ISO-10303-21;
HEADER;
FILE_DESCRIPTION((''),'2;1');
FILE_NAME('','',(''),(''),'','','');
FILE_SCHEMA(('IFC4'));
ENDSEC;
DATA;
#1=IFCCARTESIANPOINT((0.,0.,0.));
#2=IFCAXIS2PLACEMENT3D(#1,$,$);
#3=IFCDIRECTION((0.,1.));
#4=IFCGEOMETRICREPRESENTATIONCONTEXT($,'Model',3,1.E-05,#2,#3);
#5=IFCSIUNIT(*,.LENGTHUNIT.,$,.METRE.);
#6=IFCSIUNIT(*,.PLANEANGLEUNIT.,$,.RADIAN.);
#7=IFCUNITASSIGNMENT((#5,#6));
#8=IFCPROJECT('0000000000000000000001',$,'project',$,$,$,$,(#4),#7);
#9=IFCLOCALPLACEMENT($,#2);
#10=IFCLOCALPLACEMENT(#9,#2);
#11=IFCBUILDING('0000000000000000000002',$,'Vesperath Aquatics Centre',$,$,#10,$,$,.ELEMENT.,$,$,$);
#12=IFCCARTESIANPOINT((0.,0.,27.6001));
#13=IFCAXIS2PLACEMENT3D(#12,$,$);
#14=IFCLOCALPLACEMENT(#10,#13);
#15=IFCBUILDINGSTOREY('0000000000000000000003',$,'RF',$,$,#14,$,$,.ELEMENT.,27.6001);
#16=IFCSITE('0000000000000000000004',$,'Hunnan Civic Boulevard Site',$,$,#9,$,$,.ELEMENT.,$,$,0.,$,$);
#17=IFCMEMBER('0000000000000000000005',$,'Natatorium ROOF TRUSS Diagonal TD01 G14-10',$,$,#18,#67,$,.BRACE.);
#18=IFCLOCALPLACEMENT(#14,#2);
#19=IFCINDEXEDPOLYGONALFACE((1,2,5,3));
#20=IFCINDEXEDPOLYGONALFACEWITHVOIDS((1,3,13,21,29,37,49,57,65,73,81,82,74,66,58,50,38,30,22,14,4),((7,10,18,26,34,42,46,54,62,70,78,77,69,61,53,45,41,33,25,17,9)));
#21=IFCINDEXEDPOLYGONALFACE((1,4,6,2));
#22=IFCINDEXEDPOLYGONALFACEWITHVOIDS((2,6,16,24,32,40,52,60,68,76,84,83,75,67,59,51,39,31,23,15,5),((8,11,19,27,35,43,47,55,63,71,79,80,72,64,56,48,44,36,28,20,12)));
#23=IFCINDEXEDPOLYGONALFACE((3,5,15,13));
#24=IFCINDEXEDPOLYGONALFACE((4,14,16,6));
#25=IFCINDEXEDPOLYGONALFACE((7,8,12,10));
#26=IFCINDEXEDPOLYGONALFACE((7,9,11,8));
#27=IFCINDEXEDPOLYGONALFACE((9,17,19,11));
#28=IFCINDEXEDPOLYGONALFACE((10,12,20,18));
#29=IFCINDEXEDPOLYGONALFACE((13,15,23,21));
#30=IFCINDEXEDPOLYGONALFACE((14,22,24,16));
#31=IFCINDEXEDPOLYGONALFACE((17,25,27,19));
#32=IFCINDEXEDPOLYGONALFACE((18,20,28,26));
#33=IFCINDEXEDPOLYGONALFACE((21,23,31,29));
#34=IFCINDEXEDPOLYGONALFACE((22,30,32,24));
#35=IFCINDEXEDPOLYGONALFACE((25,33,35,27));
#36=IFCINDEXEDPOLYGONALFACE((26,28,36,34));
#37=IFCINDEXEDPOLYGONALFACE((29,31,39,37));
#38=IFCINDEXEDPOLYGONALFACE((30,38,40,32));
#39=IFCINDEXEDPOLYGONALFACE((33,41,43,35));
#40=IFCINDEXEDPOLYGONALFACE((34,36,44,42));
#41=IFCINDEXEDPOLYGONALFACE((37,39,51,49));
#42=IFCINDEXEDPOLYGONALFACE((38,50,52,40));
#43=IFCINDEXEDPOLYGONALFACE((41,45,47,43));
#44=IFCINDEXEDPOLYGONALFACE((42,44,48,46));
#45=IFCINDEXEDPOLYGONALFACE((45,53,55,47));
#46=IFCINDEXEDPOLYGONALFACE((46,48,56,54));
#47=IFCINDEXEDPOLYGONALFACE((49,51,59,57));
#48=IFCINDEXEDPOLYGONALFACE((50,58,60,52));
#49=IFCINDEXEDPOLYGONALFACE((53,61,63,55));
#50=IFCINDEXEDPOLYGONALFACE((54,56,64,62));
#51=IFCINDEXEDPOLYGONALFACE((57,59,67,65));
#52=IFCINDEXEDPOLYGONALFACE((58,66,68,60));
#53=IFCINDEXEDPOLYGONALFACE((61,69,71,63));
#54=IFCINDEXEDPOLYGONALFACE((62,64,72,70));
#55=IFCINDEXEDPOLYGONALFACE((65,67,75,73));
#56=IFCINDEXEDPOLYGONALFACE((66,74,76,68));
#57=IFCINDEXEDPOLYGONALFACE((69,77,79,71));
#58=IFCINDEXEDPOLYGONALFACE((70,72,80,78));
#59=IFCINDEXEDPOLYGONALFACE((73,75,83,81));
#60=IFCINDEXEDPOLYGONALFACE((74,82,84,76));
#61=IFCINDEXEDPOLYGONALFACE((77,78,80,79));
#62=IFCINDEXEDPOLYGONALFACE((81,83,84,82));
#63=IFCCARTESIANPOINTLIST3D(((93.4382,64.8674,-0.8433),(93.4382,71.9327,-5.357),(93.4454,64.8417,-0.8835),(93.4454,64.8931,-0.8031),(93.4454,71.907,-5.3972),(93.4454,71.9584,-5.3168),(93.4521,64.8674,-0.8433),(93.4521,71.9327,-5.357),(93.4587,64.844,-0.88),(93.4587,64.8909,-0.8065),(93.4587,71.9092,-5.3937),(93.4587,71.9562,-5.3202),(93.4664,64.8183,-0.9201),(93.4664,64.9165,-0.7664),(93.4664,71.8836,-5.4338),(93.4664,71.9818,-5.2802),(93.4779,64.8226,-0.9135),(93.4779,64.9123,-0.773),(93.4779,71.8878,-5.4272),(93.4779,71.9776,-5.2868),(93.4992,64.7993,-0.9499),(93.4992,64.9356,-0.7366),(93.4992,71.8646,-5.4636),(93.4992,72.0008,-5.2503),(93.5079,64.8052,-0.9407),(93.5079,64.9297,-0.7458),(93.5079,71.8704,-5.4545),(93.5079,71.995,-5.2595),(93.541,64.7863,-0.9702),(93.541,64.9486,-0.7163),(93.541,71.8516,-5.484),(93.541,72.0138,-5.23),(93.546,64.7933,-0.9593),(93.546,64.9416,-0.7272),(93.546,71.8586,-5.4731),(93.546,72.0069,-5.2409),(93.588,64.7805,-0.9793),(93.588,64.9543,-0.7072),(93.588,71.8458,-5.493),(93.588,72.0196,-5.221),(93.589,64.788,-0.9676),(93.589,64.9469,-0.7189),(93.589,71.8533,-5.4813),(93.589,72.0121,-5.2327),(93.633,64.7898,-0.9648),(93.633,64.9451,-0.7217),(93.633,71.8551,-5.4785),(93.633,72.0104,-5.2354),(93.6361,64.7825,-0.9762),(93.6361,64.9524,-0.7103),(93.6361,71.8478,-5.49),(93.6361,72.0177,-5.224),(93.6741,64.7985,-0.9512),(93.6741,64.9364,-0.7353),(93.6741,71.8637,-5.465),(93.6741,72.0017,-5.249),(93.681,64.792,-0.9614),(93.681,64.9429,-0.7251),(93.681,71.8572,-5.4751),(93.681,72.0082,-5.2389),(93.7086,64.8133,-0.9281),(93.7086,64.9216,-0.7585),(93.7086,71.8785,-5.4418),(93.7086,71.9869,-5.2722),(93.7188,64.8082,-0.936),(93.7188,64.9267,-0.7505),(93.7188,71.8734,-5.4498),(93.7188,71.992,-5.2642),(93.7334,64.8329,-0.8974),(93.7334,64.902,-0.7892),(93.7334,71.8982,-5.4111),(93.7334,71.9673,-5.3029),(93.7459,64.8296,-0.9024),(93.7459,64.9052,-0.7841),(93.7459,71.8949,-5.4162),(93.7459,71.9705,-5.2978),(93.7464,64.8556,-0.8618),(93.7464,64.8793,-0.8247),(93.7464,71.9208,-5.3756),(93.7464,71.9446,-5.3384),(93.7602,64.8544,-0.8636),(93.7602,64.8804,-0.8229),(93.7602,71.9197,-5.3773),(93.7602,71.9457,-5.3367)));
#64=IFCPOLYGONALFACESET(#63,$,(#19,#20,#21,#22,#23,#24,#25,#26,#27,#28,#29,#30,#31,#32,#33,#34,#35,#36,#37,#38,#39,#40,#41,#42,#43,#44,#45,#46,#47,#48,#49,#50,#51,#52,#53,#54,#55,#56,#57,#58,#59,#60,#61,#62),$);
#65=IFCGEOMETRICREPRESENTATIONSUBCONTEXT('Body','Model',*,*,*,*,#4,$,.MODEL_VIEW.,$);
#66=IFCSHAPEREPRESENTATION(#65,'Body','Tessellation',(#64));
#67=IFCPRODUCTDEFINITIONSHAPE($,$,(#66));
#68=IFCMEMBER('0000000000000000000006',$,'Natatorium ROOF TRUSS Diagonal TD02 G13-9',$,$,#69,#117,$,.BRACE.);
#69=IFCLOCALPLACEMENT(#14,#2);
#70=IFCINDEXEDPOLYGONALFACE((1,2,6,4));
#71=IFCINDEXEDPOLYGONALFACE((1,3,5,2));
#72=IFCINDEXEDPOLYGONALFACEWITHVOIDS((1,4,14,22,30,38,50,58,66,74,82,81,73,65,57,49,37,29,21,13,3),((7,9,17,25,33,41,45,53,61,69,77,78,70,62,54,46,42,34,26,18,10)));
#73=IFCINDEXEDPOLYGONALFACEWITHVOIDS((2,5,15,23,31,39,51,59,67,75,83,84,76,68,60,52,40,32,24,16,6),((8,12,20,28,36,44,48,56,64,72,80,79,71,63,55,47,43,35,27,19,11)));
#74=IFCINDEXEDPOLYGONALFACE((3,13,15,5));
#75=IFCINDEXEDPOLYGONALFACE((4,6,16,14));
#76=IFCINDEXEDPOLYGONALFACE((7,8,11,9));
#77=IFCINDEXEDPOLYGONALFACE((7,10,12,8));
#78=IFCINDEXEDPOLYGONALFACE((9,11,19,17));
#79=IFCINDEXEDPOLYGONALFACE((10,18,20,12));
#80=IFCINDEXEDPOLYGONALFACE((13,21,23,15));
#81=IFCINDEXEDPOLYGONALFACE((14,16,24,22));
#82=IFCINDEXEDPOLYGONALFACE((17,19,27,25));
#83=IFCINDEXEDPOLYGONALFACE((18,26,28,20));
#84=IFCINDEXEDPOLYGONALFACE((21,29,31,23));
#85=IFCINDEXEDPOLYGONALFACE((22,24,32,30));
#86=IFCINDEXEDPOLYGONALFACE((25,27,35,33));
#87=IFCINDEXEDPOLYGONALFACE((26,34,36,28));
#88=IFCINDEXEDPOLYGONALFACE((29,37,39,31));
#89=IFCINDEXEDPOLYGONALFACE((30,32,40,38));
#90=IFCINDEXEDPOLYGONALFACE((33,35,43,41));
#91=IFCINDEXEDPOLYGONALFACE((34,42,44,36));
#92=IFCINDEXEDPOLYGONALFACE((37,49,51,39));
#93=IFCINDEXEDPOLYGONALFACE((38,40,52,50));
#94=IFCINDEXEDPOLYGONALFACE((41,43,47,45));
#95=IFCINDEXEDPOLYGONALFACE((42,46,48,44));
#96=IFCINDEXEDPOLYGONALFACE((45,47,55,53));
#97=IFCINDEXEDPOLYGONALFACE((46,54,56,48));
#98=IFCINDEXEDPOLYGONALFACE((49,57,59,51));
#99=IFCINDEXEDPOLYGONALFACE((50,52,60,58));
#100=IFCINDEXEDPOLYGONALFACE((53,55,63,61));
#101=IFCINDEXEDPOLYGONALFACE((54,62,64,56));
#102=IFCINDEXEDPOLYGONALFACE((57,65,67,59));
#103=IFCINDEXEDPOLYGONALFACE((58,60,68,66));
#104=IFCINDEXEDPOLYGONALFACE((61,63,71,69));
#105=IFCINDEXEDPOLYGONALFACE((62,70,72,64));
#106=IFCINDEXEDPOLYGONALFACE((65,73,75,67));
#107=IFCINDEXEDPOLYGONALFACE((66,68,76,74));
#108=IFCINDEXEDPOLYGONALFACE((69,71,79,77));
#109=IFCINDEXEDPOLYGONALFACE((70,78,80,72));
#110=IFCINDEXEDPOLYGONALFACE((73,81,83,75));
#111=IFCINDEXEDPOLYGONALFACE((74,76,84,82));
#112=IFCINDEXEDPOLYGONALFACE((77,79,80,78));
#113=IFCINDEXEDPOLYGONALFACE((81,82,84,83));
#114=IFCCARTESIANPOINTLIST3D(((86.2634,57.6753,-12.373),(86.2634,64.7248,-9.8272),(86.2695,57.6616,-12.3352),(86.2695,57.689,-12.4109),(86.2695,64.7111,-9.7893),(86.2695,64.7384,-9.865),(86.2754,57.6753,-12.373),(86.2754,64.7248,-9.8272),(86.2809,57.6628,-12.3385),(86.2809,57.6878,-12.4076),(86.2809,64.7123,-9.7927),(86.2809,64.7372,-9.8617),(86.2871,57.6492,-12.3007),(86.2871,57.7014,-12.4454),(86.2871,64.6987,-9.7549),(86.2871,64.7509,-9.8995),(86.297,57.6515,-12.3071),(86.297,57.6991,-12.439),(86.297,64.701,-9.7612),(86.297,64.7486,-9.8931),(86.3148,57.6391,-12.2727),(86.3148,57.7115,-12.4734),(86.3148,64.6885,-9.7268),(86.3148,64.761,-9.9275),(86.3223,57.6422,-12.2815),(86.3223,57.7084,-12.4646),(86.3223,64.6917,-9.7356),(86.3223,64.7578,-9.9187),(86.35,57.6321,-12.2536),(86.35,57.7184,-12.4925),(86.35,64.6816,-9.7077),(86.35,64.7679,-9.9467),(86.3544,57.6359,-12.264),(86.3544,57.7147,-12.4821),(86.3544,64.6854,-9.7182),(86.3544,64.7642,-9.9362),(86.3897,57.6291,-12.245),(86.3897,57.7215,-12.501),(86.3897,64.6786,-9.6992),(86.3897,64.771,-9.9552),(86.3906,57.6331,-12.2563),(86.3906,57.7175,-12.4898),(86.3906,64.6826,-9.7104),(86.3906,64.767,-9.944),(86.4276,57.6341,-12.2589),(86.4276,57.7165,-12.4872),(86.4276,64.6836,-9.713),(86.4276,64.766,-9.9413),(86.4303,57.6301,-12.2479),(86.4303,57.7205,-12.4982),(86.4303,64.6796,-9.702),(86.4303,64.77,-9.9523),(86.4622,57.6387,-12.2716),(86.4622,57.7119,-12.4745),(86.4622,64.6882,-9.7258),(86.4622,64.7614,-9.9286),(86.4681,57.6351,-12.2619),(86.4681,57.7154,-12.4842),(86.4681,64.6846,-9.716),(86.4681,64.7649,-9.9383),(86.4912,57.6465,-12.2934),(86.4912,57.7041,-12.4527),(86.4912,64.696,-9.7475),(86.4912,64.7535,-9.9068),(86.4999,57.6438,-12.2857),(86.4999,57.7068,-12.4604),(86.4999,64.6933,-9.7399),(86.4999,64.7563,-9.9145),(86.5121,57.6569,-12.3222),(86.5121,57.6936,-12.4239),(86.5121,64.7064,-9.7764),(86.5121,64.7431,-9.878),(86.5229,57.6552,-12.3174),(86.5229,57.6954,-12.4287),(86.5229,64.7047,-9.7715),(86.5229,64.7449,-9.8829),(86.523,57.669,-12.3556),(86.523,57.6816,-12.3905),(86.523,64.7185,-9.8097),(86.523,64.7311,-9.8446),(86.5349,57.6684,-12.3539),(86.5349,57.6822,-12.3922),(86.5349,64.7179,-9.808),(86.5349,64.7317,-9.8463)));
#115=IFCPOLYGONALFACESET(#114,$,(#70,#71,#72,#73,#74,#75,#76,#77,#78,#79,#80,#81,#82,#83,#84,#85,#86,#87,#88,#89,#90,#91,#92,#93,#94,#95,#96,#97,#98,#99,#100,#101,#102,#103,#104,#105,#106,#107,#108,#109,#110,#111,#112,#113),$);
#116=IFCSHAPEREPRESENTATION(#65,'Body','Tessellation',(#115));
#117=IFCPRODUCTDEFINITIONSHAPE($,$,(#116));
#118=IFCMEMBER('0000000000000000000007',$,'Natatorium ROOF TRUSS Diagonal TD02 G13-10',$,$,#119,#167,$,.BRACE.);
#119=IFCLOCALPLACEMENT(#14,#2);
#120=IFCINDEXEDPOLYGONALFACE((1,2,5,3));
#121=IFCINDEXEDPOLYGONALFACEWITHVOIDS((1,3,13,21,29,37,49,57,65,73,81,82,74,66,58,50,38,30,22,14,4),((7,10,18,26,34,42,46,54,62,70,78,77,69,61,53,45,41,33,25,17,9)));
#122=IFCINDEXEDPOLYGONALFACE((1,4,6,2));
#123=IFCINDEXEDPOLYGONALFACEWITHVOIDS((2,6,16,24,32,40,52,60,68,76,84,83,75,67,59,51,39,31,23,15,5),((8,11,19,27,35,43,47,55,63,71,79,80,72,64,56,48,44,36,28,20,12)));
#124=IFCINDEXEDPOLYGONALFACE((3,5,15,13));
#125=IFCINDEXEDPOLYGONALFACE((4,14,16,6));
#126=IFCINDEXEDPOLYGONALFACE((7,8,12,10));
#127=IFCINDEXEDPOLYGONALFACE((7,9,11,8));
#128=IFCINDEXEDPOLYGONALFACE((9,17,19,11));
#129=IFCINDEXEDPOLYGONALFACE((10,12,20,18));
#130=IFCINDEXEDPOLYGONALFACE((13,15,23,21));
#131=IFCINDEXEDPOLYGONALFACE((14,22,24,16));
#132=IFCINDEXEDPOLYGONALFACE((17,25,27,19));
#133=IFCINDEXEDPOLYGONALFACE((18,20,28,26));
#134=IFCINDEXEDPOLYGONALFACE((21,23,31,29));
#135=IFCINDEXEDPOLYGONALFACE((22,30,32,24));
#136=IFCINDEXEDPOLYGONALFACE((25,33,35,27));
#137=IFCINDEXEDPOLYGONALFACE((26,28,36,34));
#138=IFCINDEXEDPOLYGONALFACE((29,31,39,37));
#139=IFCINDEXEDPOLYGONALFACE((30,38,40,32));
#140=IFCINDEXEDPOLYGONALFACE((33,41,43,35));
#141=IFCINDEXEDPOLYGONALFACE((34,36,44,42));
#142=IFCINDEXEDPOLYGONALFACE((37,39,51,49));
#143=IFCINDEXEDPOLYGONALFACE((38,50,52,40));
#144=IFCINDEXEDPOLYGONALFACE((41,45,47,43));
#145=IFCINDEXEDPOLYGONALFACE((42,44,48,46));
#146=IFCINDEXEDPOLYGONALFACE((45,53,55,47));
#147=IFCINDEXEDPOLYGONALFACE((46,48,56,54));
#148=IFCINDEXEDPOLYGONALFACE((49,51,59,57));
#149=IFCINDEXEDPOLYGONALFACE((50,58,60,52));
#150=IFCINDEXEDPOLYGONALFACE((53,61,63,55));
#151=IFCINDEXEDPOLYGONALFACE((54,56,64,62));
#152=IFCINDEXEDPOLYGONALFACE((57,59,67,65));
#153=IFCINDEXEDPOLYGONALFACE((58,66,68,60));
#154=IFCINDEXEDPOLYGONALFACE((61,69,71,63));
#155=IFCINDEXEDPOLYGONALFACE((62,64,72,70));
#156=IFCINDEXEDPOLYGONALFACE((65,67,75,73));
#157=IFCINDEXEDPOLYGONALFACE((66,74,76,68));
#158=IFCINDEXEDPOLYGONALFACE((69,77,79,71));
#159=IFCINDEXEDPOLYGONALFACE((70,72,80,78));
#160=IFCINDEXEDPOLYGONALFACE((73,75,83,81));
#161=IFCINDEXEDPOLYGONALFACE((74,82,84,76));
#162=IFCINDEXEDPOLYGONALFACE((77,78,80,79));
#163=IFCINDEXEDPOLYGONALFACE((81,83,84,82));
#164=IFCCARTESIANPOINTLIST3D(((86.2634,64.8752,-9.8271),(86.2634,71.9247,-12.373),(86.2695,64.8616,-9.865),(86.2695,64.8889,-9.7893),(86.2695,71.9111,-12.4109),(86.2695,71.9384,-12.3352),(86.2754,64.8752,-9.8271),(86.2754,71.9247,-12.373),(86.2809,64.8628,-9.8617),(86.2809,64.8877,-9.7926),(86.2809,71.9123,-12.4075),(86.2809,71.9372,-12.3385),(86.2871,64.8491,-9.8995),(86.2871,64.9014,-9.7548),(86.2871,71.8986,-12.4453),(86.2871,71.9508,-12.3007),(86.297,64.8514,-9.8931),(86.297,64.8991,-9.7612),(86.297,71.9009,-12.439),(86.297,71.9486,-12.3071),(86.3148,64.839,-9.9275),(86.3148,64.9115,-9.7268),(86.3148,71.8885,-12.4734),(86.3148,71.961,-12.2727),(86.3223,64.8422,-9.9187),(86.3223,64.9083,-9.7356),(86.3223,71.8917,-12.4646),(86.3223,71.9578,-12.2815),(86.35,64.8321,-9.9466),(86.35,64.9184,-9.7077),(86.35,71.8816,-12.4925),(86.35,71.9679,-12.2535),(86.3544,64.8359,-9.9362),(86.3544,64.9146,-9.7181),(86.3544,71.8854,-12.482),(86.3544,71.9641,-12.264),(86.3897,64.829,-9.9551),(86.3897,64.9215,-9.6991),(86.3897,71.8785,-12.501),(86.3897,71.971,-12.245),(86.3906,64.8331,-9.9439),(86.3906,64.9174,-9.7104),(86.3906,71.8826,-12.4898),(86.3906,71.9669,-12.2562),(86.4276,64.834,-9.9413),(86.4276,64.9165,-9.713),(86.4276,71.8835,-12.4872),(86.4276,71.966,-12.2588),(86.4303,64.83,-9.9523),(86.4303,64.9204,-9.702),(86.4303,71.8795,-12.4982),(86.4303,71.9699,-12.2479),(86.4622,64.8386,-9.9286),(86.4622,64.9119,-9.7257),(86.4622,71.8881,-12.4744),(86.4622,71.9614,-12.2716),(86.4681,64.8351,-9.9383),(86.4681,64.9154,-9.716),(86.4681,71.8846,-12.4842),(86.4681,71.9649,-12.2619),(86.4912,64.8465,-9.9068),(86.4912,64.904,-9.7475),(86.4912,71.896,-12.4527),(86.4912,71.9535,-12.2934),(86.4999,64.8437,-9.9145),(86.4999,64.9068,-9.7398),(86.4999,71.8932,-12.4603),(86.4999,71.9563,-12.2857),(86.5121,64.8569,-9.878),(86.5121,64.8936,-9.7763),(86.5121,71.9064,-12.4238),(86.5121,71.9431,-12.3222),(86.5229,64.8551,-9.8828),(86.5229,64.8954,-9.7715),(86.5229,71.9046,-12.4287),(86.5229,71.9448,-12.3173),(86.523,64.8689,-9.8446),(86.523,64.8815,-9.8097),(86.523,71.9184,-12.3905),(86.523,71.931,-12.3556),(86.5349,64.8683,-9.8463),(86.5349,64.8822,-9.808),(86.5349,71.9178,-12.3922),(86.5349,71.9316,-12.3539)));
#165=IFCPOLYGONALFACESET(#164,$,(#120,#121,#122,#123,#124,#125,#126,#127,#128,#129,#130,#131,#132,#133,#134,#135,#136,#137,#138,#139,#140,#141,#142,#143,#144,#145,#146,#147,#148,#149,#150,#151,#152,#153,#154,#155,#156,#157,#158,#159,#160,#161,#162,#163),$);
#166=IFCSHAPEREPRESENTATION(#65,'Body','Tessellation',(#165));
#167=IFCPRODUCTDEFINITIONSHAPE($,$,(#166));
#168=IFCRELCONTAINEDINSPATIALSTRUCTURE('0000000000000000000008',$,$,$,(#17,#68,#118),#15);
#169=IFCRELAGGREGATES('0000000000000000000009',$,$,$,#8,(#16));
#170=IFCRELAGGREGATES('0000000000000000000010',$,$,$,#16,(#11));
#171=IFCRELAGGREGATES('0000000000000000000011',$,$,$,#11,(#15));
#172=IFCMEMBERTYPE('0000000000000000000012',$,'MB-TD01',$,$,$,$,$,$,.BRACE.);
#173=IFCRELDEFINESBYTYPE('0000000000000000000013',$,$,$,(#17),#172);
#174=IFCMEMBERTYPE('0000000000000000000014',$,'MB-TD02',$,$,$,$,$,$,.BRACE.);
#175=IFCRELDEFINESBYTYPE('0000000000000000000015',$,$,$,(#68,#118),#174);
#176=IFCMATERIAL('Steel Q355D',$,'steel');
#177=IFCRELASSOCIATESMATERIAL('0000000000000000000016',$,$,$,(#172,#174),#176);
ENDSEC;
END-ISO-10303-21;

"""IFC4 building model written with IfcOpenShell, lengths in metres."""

from ifc_helpers import new_model, si_unit, direction, frame, origin, origin_2d, place, context, subcontext, project, spatial, hollow_circle, extrude, material, material_profile, profile_set, type_object, element, save


model = new_model("IFC4")

# Units and contexts
model_context = context("Model", 3, precision=1e-05, world=origin(), true_north=direction((0.0, 1.0)))
body_context = subcontext(model_context, "Body", "Model", "MODEL_VIEW")
ifc_project = project(units=[si_unit("LENGTHUNIT", "METRE"), si_unit("PLANEANGLEUNIT", "RADIAN")], contexts=[model_context])

# Site, building, storey
site_placement = place(None, origin())
site = spatial("IfcSite", under=ifc_project, at=site_placement, Name="Hunnan Civic Boulevard Site", CompositionType="ELEMENT", RefElevation=0.0)
building_placement = place(site_placement, origin())
building = spatial("IfcBuilding", under=site, at=building_placement, Name="Vesperath Aquatics Centre", CompositionType="ELEMENT")
storey_placement = place(building_placement, frame((0.0, 0.0, 27.6001)))
storey = spatial("IfcBuildingStorey", under=building, at=storey_placement, Name="RF", CompositionType="ELEMENT", Elevation=27.6001)

# Shared definitions
ifc_material_1 = material(Name="Steel Q355D", Category="steel")

# Members
ifc_material_profile_1 = material_profile(ifc_material_1, hollow_circle(Radius=0.1619, WallThickness=0.0139, at=origin_2d()), Name="CHS 323.9x14")
ifc_profile_set_1 = profile_set([ifc_material_profile_1], Name="Steel Q355D")
member_type_1 = type_object("IfcMemberType", Name="MB-TD01", PredefinedType="BRACE", material=ifc_profile_set_1)
for number, where, z_axis, x_axis, name in (
    (1, (93.6001, 64.8674, -0.8433), (0.0, 0.842707, -0.538373), (-1.0, 0.0, 0.0), "Natatorium ROOF TRUSS Diagonal TD01 G14-10"),
):
    element("IfcMember", number, at=place(storey_placement, frame(where, z_axis=z_axis, x_axis=x_axis)), inside=storey, type_object=member_type_1, Name=name, PredefinedType="BRACE", context=body_context, shape_type="SweptSolid", body=[
        extrude(hollow_circle(Radius=0.1619, WallThickness=0.0139, at=origin_2d()), origin(), (0.0, 0.0, 1.0), 8.384),
    ])
ifc_material_profile_2 = material_profile(ifc_material_1, hollow_circle(Radius=0.1365, WallThickness=0.012, at=origin_2d()), Name="CHS 273.0x12")
ifc_profile_set_2 = profile_set([ifc_material_profile_2], Name="Steel Q355D")
member_type_2 = type_object("IfcMemberType", Name="MB-TD02", PredefinedType="BRACE", material=ifc_profile_set_2)
for number, where, z_axis, x_axis, name in (
    (2, (86.3999, 57.6753, -12.373), (0.0, 0.940544, 0.339671), (-1.0, 0.0, 0.0), "Natatorium ROOF TRUSS Diagonal TD02 G13-9"),
    (3, (86.3999, 64.8752, -9.8271), (0.0, 0.940544, -0.339671), (-1.0, 0.0, 0.0), "Natatorium ROOF TRUSS Diagonal TD02 G13-10"),
):
    element("IfcMember", number, at=place(storey_placement, frame(where, z_axis=z_axis, x_axis=x_axis)), inside=storey, type_object=member_type_2, Name=name, PredefinedType="BRACE", context=body_context, shape_type="SweptSolid", body=[
        extrude(hollow_circle(Radius=0.1365, WallThickness=0.012, at=origin_2d()), origin(), (0.0, 0.0, 1.0), 7.4951),
    ])

save(model, "model.ifc")
